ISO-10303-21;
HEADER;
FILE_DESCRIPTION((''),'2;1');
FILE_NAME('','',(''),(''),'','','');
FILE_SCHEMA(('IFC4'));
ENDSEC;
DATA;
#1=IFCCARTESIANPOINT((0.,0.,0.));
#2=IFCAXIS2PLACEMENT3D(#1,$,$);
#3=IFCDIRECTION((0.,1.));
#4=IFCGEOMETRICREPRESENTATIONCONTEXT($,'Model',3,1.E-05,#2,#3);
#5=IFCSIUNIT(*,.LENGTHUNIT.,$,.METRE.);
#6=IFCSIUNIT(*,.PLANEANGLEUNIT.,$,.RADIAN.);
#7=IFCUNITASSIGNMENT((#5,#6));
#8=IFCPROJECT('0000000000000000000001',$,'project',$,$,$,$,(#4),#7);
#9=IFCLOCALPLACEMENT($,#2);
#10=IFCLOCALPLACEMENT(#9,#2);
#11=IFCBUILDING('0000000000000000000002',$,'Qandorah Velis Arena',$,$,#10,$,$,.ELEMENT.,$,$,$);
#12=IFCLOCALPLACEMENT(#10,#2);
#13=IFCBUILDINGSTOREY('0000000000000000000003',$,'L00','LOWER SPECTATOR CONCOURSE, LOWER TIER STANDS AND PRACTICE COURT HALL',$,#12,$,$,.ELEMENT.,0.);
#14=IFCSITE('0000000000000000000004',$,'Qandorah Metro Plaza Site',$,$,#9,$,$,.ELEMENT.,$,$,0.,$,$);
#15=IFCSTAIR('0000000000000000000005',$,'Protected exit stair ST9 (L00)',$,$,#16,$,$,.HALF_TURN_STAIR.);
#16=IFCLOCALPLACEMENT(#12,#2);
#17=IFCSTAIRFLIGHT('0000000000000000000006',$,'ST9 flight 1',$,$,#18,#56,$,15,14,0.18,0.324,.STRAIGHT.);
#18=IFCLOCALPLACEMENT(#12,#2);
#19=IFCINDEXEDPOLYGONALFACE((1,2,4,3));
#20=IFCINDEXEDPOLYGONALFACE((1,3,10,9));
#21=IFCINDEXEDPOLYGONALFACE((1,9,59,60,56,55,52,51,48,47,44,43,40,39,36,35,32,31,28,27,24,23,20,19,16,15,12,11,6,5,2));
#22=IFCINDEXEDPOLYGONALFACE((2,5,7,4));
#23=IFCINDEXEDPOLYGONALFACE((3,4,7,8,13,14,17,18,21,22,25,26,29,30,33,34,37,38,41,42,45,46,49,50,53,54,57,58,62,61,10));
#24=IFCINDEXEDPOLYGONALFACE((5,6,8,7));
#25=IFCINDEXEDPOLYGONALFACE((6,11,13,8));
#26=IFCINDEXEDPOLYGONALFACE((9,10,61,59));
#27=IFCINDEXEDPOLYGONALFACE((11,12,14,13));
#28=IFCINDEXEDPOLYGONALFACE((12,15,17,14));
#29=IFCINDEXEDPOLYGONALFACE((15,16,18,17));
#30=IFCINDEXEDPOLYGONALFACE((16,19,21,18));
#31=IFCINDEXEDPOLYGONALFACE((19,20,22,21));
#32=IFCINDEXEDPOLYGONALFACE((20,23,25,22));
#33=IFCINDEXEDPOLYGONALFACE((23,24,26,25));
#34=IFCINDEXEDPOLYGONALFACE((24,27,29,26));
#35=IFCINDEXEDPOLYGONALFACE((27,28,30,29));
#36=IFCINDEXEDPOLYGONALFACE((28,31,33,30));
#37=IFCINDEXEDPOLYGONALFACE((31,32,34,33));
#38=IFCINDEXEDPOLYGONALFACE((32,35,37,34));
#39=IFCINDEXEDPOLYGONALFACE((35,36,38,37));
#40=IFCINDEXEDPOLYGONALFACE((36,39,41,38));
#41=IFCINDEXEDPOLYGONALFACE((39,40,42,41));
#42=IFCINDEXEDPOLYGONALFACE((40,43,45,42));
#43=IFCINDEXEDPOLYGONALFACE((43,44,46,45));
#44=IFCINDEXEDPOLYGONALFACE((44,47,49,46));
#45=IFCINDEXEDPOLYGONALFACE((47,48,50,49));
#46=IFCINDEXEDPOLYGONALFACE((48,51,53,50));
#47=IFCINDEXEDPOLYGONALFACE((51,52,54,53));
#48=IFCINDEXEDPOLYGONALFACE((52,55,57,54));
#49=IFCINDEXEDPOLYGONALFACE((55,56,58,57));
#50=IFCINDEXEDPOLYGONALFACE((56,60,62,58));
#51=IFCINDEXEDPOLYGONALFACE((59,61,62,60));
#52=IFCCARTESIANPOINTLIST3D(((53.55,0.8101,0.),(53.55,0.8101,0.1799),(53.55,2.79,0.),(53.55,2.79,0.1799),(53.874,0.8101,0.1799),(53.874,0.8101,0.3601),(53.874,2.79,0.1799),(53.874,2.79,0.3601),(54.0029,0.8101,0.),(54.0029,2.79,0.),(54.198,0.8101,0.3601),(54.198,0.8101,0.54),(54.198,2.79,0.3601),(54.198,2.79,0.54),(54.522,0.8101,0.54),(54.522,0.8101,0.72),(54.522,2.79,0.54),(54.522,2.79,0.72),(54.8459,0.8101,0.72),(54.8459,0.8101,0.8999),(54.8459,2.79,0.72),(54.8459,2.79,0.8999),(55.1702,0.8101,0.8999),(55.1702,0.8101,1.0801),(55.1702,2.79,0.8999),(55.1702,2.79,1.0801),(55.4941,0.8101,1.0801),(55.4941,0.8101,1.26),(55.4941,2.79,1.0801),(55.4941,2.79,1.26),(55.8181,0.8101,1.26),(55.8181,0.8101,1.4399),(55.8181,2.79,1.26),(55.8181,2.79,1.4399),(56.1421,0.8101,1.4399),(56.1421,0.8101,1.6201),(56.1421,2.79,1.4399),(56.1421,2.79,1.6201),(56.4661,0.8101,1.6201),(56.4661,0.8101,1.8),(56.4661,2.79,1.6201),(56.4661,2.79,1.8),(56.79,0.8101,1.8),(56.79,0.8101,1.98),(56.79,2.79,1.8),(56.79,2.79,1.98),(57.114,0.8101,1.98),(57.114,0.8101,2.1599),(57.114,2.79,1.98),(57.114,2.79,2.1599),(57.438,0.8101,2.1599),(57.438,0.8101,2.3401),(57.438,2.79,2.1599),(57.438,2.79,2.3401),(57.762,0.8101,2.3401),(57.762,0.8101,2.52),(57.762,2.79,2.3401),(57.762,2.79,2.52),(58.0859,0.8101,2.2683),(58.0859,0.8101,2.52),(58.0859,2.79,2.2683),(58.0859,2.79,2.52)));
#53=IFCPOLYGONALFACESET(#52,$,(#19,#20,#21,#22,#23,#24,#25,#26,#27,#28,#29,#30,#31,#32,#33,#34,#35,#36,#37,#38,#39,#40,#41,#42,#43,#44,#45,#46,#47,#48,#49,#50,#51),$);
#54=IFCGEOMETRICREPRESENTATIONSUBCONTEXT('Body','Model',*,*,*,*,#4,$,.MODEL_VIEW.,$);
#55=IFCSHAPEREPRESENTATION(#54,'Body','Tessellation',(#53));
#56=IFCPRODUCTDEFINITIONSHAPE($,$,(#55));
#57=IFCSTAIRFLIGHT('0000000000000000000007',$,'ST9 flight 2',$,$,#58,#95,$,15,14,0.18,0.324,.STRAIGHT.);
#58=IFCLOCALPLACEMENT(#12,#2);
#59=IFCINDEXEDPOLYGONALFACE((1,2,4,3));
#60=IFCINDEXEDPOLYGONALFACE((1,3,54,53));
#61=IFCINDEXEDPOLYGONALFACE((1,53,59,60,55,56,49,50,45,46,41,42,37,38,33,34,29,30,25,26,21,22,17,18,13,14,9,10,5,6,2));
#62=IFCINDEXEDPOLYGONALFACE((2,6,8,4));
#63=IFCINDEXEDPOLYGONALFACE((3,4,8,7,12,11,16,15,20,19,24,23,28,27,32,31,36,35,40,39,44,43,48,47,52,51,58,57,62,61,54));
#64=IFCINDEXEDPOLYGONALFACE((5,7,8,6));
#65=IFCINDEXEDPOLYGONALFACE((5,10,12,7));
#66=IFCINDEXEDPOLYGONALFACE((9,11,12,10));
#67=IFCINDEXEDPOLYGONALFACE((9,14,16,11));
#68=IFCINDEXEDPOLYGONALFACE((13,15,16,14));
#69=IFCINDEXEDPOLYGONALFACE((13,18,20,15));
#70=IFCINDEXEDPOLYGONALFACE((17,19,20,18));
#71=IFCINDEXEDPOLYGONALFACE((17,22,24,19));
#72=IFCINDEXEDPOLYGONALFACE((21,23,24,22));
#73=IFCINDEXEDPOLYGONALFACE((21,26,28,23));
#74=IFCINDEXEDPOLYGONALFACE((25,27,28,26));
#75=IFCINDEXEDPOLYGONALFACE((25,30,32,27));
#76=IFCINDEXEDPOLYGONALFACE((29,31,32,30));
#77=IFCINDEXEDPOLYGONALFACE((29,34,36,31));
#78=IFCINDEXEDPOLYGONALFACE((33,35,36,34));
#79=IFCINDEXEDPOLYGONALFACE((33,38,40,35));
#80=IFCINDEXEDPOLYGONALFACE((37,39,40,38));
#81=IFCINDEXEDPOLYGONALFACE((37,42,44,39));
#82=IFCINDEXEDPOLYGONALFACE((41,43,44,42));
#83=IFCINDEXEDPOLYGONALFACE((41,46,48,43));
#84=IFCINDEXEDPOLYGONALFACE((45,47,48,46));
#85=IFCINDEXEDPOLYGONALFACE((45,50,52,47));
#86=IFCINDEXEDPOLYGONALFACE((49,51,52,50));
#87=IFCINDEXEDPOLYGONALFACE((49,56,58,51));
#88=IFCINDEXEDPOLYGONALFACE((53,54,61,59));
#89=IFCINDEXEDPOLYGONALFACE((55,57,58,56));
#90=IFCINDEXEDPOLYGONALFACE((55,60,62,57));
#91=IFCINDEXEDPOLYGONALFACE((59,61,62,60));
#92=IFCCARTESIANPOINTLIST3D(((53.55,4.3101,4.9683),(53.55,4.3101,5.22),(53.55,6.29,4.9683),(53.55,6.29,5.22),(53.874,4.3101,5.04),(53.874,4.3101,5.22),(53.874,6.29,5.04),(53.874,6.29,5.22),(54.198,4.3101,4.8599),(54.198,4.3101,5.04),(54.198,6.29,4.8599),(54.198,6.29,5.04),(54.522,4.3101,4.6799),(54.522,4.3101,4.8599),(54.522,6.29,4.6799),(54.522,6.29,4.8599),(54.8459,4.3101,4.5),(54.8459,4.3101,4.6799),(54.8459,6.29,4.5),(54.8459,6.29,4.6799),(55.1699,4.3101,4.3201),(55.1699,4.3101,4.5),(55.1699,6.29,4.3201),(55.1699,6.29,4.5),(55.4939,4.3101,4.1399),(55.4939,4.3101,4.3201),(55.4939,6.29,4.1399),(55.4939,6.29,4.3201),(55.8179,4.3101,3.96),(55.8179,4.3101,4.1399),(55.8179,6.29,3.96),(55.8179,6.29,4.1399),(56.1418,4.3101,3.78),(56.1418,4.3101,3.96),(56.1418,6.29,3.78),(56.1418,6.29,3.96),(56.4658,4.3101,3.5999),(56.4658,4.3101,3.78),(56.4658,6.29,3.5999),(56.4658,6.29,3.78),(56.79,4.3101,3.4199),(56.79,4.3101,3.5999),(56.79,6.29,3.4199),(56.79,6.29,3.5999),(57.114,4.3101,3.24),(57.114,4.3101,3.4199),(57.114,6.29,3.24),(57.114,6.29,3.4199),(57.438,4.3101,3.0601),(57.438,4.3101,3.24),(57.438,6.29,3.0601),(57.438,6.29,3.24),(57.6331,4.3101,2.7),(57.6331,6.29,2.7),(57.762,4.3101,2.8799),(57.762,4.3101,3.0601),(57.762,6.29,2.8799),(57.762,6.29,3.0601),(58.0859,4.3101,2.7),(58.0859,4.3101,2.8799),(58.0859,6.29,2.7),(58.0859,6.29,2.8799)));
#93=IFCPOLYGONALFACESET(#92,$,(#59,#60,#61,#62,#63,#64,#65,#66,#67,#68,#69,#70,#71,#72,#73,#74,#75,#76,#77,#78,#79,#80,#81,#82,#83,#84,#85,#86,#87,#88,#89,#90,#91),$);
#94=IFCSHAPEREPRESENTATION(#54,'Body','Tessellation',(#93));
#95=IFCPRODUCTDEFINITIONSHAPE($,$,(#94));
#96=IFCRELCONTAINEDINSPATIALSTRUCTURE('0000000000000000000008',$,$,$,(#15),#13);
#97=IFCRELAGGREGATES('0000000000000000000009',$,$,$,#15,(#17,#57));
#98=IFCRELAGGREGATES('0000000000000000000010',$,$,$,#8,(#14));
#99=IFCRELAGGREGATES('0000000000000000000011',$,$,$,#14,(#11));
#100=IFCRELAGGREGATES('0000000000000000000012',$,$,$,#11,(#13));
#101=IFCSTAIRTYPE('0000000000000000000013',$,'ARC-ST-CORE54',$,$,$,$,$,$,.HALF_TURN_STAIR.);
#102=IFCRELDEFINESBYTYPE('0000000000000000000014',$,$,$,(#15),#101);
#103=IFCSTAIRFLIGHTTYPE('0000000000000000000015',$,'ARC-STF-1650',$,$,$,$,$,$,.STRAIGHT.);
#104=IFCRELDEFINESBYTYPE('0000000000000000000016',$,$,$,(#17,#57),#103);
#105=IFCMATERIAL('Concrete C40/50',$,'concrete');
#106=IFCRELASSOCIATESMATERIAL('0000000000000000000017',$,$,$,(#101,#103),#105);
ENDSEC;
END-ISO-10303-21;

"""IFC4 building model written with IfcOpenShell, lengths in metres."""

from ifc_helpers import new_model, si_unit, direction, frame, origin, place, context, subcontext, project, spatial, polyline, outline, extrude, material, type_object, element, aggregate, save


model = new_model("IFC4")

# Units and contexts
model_context = context("Model", 3, precision=1e-05, world=origin(), true_north=direction((0.0, 1.0)))
body_context = subcontext(model_context, "Body", "Model", "MODEL_VIEW")
ifc_project = project(units=[si_unit("LENGTHUNIT", "METRE"), si_unit("PLANEANGLEUNIT", "RADIAN")], contexts=[model_context])

# Site, building, storey
site_placement = place(None, origin())
site = spatial("IfcSite", under=ifc_project, at=site_placement, Name="Qandorah Metro Plaza Site", CompositionType="ELEMENT", RefElevation=0.0)
building_placement = place(site_placement, origin())
building = spatial("IfcBuilding", under=site, at=building_placement, Name="Qandorah Velis Arena", CompositionType="ELEMENT")
storey_placement = place(building_placement, origin())
storey = spatial("IfcBuildingStorey", under=building, at=storey_placement, Name="L00", Description="LOWER SPECTATOR CONCOURSE, LOWER TIER STANDS AND PRACTICE COURT HALL", CompositionType="ELEMENT", Elevation=0.0)

# Shared definitions
ifc_material_1 = material(Name="Concrete C40/50", Category="concrete")

# Stair, stair flights
stair_type = type_object("IfcStairType", Name="ARC-ST-CORE54", PredefinedType="HALF_TURN_STAIR", material=ifc_material_1)
stair_placement = place(storey_placement, origin())
stair = element("IfcStair", 1, at=stair_placement, inside=storey, type_object=stair_type, Name="Protected exit stair ST9 (L00)", PredefinedType="HALF_TURN_STAIR")
stair_flight_type = type_object("IfcStairFlightType", Name="ARC-STF-1650", PredefinedType="STRAIGHT", material=ifc_material_1)
stair_flight_1_placement = place(storey_placement, frame((53.55, 1.8, 0.0), z_axis=(0.0, 0.0, 1.0), x_axis=(1.0, 0.0, 0.0)))
stair_flight_1 = element("IfcStairFlight", 2, at=stair_flight_1_placement, type_object=stair_flight_type, Name="ST9 flight 1", NumberOfRisers=15, NumberOfTreads=14, PredefinedType="STRAIGHT", RiserHeight=0.18, TreadLength=0.324, context=body_context, shape_type="SweptSolid", body=[
    extrude(outline(polyline([(0.0, 0.0), (0.0, 0.1799), (0.324, 0.1799), (0.324, 0.3601), (0.6479, 0.3601), (0.6479, 0.54), (0.9719, 0.54), (0.9719, 0.72), (1.2959, 0.72), (1.2959, 0.8999), (1.6201, 0.8999), (1.6201, 1.0801), (1.9441, 1.0801), (1.9441, 1.26), (2.2681, 1.26), (2.2681, 1.4399), (2.592, 1.4399), (2.592, 1.6201), (2.916, 1.6201), (2.916, 1.8), (3.24, 1.8), (3.24, 1.98), (3.564, 1.98), (3.564, 2.1599), (3.8879, 2.1599), (3.8879, 2.3401), (4.2119, 2.3401), (4.2119, 2.52), (4.5359, 2.52), (4.5359, 2.7), (4.5359, 2.2683), (0.4529, 0.0), (0.0, 0.0)])), frame((0.0, 0.99, 0.0), z_axis=(0.0, -1.0, 0.0), x_axis=(1.0, 0.0, 0.0)), (0.0, 0.0, 1.0), 1.98),
])
stair_flight_2_placement = place(storey_placement, frame((58.0859, 5.3, 2.7), z_axis=(0.0, 0.0, 1.0), x_axis=(-1.0, 0.0, 0.0)))
stair_flight_2 = element("IfcStairFlight", 3, at=stair_flight_2_placement, type_object=stair_flight_type, Name="ST9 flight 2", NumberOfRisers=15, NumberOfTreads=14, PredefinedType="STRAIGHT", RiserHeight=0.18, TreadLength=0.324, context=body_context, shape_type="SweptSolid", body=[
    extrude(outline(polyline([(0.0, 0.0), (0.0, 0.1799), (0.324, 0.1799), (0.324, 0.3601), (0.6479, 0.3601), (0.6479, 0.54), (0.9719, 0.54), (0.9719, 0.72), (1.2959, 0.72), (1.2959, 0.8999), (1.6201, 0.8999), (1.6201, 1.0801), (1.9441, 1.0801), (1.9441, 1.26), (2.2681, 1.26), (2.2681, 1.4399), (2.592, 1.4399), (2.592, 1.6201), (2.916, 1.6201), (2.916, 1.8), (3.24, 1.8), (3.24, 1.98), (3.564, 1.98), (3.564, 2.1599), (3.8879, 2.1599), (3.8879, 2.3401), (4.2119, 2.3401), (4.2119, 2.52), (4.5359, 2.52), (4.5359, 2.7), (4.5359, 2.2683), (0.4529, 0.0), (0.0, 0.0)])), frame((0.0, 0.99, 0.0), z_axis=(0.0, -1.0, 0.0), x_axis=(1.0, 0.0, 0.0)), (0.0, 0.0, 1.0), 1.98),
])
aggregate(stair, [stair_flight_1, stair_flight_2])

save(model, "model.ifc")
